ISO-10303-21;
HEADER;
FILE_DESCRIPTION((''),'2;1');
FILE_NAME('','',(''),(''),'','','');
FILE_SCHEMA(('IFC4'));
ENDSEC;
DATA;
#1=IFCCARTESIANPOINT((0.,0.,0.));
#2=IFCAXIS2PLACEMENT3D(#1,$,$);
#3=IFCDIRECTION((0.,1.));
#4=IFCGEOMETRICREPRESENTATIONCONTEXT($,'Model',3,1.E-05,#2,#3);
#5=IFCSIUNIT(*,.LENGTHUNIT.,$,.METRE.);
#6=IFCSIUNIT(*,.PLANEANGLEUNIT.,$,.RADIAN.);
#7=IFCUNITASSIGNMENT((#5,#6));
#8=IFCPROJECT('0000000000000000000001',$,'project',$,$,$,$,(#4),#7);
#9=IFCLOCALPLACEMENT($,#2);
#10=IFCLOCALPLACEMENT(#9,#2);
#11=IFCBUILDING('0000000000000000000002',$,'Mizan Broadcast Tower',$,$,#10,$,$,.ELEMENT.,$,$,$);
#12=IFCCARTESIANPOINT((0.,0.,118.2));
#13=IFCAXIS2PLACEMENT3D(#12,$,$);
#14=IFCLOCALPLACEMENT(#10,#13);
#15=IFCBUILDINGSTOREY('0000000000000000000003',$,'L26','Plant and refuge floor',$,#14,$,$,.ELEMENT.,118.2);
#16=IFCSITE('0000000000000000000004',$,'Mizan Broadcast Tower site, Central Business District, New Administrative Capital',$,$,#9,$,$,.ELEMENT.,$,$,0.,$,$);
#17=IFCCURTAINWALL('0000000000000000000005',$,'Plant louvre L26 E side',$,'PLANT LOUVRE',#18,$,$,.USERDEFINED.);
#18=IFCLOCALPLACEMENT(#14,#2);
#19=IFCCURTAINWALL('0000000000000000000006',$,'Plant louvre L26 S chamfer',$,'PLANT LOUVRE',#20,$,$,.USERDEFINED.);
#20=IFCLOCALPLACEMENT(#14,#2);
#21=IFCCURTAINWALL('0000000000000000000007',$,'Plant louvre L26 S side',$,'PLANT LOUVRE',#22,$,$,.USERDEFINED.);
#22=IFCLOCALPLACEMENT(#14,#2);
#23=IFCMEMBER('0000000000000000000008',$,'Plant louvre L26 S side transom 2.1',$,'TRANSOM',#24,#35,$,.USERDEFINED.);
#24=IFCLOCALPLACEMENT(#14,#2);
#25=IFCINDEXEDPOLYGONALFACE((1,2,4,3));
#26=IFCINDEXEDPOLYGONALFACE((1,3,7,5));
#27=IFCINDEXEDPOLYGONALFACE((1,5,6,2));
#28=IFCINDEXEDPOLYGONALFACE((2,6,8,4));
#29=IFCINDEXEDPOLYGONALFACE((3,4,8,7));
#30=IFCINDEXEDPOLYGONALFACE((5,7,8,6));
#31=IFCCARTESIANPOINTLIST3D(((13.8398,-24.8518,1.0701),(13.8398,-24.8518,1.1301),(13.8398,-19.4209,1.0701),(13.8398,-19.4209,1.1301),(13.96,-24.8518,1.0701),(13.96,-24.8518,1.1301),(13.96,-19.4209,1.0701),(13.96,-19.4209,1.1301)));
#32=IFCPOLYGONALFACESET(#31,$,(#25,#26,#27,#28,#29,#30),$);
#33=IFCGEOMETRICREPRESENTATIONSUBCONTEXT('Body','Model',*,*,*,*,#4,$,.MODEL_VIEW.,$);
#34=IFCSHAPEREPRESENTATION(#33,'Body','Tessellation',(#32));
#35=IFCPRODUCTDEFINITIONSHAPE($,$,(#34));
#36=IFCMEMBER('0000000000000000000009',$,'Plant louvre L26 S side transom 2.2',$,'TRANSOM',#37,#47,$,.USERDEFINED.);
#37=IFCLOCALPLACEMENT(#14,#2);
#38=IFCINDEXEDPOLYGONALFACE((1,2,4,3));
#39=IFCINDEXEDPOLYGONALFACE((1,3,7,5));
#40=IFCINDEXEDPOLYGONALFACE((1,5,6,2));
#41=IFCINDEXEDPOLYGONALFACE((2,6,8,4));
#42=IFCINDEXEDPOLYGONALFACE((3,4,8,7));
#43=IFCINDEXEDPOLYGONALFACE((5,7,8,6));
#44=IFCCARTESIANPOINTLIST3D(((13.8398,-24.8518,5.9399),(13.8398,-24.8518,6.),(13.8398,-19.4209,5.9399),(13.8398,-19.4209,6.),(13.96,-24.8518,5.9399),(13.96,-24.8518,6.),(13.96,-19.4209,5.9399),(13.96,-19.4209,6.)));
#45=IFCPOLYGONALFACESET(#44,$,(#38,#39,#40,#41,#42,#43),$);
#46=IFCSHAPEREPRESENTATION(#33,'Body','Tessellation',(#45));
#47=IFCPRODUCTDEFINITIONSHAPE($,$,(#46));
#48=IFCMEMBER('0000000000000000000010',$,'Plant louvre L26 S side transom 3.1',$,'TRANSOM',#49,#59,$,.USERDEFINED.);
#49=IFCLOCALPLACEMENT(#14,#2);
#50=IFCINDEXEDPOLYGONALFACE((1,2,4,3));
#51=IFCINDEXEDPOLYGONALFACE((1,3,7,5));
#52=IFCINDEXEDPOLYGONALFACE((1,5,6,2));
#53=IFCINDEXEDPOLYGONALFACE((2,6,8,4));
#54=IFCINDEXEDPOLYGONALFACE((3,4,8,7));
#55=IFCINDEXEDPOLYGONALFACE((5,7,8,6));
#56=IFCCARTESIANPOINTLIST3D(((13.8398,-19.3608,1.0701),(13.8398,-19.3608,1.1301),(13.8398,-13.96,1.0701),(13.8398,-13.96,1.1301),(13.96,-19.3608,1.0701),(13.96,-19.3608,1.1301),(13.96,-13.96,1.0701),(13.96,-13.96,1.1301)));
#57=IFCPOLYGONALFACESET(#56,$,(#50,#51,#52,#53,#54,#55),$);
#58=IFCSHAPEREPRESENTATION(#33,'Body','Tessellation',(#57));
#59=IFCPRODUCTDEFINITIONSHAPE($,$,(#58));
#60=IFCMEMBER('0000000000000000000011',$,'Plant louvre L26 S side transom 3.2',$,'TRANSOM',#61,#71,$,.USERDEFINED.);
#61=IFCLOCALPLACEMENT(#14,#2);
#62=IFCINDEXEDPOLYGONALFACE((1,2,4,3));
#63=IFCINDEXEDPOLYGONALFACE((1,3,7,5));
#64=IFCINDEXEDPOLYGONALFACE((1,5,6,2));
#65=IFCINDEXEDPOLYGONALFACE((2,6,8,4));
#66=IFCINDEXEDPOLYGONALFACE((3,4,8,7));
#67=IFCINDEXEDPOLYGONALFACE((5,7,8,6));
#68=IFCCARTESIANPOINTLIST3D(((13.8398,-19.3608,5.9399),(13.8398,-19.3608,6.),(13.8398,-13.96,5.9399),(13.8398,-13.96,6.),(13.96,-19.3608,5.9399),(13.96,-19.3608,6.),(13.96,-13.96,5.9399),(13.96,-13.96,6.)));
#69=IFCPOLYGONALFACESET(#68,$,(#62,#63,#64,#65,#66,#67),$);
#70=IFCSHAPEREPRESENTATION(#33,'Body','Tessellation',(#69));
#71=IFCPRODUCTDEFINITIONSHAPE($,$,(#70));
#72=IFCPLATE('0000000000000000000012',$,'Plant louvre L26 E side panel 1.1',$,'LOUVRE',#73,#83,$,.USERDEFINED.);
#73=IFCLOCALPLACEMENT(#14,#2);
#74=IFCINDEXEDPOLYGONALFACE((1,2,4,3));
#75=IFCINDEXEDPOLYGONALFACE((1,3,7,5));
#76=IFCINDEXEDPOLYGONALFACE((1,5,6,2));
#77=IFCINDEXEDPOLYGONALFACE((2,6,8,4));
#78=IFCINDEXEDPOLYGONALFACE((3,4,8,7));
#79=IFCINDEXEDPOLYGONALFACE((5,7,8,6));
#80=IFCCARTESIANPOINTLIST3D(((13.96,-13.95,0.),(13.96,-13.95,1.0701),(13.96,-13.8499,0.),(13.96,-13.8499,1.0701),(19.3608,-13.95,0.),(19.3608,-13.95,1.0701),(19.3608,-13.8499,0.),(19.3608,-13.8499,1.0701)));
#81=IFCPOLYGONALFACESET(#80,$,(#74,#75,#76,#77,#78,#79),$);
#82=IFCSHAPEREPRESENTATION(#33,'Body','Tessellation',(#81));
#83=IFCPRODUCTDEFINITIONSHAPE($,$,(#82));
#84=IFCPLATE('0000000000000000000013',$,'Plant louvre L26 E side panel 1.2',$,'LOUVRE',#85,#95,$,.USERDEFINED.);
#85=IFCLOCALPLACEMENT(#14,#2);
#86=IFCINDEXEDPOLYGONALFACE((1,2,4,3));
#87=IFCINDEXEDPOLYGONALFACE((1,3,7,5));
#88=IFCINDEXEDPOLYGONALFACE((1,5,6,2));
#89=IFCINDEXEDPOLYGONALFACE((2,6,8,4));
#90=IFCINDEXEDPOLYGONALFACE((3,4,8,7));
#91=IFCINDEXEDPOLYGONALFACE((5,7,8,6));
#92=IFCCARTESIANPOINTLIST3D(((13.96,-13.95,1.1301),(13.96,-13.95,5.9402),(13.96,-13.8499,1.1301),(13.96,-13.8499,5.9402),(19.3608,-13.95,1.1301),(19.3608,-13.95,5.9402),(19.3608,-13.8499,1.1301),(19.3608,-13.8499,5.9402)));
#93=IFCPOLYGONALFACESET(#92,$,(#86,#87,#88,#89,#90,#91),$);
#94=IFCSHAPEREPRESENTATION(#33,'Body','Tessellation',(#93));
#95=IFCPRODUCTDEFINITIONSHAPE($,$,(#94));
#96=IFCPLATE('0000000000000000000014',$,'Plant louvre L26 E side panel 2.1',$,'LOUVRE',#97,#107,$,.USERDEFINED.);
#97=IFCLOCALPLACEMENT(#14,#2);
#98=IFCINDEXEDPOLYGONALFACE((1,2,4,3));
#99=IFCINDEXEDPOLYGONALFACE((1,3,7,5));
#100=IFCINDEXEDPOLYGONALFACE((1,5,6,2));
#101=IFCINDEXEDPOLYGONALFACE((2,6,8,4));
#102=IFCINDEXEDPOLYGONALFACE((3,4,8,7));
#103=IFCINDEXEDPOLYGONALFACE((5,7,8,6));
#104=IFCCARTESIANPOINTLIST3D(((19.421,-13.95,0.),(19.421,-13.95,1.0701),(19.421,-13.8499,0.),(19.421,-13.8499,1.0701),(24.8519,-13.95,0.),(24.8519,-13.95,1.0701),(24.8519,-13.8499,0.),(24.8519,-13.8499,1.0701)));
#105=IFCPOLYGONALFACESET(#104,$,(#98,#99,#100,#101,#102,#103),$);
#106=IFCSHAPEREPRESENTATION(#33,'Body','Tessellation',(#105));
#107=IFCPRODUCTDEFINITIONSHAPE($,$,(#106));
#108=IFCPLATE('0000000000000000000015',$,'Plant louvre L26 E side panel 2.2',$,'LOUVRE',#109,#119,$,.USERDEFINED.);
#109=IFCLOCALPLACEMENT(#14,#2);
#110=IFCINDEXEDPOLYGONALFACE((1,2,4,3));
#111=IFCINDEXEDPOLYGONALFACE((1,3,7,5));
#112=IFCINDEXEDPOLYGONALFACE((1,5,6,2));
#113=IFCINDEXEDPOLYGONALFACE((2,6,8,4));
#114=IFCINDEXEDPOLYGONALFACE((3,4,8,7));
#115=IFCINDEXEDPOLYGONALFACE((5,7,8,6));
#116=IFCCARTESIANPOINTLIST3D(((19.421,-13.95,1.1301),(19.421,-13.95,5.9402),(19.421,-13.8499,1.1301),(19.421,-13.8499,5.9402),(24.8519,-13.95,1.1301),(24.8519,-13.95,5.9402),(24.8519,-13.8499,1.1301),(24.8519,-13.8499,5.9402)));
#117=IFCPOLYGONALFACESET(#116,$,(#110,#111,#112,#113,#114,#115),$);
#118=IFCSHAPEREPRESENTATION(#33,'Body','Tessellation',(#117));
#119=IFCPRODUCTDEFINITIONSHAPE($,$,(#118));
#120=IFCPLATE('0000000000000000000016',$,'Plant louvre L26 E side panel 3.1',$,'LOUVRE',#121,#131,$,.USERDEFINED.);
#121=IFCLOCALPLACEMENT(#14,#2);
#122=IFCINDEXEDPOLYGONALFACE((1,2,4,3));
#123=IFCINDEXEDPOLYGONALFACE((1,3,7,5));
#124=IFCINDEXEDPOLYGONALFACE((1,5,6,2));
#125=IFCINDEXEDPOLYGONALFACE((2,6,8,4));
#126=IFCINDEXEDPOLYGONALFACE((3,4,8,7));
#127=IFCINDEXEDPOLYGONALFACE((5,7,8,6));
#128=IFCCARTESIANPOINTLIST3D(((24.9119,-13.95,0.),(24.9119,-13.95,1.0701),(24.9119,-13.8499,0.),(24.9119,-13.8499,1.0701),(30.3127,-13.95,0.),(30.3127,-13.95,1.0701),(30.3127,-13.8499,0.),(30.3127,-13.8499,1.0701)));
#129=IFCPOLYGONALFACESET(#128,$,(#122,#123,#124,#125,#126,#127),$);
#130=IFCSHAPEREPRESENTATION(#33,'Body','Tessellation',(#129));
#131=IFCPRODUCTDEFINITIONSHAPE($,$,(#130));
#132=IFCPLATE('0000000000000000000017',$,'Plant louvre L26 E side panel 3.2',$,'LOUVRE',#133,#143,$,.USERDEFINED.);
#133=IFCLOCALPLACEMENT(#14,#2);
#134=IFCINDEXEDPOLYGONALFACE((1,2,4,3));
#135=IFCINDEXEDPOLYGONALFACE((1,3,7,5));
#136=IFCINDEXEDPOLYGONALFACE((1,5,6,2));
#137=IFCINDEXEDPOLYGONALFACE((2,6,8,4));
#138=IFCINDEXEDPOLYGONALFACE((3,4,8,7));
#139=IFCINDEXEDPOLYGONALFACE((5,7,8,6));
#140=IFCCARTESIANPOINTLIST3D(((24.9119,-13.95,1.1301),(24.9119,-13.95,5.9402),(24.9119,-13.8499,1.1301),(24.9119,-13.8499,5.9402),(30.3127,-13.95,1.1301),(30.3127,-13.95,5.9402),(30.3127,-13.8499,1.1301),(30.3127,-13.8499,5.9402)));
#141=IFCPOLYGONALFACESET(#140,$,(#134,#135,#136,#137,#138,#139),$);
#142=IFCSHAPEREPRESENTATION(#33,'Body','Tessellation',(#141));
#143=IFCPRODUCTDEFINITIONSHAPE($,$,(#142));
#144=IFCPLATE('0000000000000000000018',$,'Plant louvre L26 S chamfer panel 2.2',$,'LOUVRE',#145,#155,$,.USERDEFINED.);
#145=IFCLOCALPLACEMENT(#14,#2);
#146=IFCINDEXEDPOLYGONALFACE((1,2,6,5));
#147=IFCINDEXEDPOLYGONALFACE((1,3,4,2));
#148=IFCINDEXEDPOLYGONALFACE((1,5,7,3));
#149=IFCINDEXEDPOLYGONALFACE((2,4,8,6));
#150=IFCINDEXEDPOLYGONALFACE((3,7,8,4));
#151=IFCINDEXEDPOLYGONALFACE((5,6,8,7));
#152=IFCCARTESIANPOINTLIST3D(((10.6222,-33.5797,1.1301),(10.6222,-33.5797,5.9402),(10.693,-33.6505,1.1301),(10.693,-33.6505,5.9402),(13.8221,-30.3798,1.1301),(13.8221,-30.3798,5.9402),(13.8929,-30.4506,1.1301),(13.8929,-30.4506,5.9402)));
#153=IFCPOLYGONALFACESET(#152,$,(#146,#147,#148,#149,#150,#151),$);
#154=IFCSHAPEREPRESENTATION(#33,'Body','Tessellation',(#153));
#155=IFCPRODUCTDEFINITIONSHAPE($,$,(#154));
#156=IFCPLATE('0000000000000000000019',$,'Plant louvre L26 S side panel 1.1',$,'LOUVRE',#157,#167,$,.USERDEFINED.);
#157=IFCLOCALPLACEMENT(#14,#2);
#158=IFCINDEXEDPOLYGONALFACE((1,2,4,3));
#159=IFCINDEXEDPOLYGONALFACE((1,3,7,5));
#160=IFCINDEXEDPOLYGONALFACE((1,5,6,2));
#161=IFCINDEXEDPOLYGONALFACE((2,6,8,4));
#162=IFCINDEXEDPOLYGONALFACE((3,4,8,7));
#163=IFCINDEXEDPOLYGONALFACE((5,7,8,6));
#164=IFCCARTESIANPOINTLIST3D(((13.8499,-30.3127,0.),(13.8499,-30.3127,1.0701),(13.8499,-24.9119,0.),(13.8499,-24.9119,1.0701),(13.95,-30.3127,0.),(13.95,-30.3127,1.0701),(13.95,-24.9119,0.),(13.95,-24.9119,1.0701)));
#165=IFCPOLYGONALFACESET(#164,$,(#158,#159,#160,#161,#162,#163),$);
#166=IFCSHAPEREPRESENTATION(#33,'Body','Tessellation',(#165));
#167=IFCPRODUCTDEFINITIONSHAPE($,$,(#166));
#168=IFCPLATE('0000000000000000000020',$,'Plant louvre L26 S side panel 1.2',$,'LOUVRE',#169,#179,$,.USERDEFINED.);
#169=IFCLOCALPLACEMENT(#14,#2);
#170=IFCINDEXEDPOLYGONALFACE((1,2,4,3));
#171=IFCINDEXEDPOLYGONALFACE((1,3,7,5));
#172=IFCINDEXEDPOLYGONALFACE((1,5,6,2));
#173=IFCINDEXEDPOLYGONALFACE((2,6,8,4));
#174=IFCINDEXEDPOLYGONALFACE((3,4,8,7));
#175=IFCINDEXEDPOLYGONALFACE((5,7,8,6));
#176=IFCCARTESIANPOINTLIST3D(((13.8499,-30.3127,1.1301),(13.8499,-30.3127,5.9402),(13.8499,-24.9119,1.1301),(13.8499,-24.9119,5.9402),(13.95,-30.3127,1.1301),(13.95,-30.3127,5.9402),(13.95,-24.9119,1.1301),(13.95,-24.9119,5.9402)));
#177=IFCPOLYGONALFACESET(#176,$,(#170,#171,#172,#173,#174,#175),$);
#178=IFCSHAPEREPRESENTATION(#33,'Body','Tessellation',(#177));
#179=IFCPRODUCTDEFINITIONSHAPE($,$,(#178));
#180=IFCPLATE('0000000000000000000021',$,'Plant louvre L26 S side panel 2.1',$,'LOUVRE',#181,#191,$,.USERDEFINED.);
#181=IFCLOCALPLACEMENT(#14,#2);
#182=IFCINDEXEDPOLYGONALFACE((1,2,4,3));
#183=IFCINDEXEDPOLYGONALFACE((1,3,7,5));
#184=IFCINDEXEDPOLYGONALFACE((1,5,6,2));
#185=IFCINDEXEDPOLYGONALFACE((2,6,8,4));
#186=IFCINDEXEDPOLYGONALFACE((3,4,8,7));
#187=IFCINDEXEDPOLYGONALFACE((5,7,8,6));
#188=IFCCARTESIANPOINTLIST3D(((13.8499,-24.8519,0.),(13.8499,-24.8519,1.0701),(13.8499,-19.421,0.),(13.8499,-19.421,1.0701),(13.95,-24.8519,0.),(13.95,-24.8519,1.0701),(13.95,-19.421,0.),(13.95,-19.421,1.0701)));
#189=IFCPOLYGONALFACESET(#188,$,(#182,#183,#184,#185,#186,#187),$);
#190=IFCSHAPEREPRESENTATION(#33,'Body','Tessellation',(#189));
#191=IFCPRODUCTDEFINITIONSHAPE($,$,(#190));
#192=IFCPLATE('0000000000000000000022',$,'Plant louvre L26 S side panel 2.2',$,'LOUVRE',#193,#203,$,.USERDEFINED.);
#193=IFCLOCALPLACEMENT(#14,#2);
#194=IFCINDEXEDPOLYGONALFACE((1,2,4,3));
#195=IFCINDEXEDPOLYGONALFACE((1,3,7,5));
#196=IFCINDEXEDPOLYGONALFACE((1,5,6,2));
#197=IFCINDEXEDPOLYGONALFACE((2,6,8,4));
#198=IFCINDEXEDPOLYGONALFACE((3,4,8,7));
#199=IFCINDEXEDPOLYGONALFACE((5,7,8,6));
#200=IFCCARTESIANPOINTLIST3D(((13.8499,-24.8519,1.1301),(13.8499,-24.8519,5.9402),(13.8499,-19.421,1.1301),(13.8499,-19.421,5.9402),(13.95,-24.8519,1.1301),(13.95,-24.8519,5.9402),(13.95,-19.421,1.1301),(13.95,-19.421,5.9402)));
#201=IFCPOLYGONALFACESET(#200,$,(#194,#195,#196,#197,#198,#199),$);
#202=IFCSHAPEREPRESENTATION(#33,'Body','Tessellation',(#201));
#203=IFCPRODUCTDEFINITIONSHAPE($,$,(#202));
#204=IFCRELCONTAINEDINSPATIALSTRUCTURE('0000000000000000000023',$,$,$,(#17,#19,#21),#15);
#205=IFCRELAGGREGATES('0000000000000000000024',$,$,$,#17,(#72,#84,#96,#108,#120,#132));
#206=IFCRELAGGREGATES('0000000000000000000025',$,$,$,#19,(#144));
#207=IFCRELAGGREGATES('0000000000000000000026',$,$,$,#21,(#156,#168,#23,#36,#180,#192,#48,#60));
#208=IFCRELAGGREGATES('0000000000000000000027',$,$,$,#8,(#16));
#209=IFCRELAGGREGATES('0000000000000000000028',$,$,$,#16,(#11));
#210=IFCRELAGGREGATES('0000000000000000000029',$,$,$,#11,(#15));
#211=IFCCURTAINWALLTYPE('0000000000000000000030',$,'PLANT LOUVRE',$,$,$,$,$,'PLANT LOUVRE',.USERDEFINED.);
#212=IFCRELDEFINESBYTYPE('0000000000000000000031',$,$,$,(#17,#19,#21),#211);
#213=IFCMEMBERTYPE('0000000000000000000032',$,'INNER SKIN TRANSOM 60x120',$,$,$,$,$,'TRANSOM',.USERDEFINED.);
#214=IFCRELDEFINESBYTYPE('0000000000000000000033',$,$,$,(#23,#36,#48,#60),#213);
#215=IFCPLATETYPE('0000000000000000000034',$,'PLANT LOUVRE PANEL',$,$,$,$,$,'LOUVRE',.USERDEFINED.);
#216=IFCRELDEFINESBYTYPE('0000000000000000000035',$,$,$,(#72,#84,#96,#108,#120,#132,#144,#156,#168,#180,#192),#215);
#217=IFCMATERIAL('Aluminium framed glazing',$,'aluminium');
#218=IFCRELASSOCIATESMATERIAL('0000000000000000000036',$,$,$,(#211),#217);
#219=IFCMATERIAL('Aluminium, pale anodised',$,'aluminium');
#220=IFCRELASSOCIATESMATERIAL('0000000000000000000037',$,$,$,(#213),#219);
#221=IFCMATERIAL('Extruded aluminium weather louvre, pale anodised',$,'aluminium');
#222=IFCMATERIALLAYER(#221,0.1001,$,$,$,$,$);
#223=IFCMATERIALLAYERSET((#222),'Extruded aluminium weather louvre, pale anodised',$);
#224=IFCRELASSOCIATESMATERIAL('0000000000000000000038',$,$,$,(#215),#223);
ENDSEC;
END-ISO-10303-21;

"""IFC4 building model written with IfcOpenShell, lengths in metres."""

from ifc_helpers import new_model, si_unit, direction, frame, origin, origin_2d, place, context, subcontext, project, spatial, rectangle, extrude, material, layer, layer_set, material_profile, profile_set, type_object, element, aggregate, save


model = new_model("IFC4")

# Units and contexts
model_context = context("Model", 3, precision=1e-05, world=origin(), true_north=direction((0.0, 1.0)))
body_context = subcontext(model_context, "Body", "Model", "MODEL_VIEW")
ifc_project = project(units=[si_unit("LENGTHUNIT", "METRE"), si_unit("PLANEANGLEUNIT", "RADIAN")], contexts=[model_context])

# Site, building, storey
site_placement = place(None, origin())
site = spatial("IfcSite", under=ifc_project, at=site_placement, Name="Mizan Broadcast Tower site, Central Business District, New Administrative Capital", CompositionType="ELEMENT", RefElevation=0.0)
building_placement = place(site_placement, origin())
building = spatial("IfcBuilding", under=site, at=building_placement, Name="Mizan Broadcast Tower", CompositionType="ELEMENT")
storey_placement = place(building_placement, frame((0.0, 0.0, 118.2)))
storey = spatial("IfcBuildingStorey", under=building, at=storey_placement, Name="L26", Description="Plant and refuge floor", CompositionType="ELEMENT", Elevation=118.2)

# Curtain wall
ifc_material_1 = material(Name="Aluminium framed glazing", Category="aluminium")
curtain_wall_type = type_object("IfcCurtainWallType", Name="PLANT LOUVRE", ElementType="PLANT LOUVRE", PredefinedType="USERDEFINED", material=ifc_material_1)
curtain_wall_1_placement = place(storey_placement, origin())
curtain_wall_1 = element("IfcCurtainWall", 1, at=curtain_wall_1_placement, inside=storey, type_object=curtain_wall_type, Name="Plant louvre L26 E side", ObjectType="PLANT LOUVRE", PredefinedType="USERDEFINED")

# Curtain wall
curtain_wall_2_placement = place(storey_placement, origin())
curtain_wall_2 = element("IfcCurtainWall", 2, at=curtain_wall_2_placement, inside=storey, type_object=curtain_wall_type, Name="Plant louvre L26 S chamfer", ObjectType="PLANT LOUVRE", PredefinedType="USERDEFINED")

# Curtain wall
curtain_wall_3_placement = place(storey_placement, origin())
curtain_wall_3 = element("IfcCurtainWall", 3, at=curtain_wall_3_placement, inside=storey, type_object=curtain_wall_type, Name="Plant louvre L26 S side", ObjectType="PLANT LOUVRE", PredefinedType="USERDEFINED")

# Members
ifc_material_2 = material(Name="Aluminium, pale anodised", Category="aluminium")
ifc_material_profile_1 = material_profile(ifc_material_2, rectangle(XDim=0.1201, YDim=0.0601, at=origin_2d()), Name="TRANSOM 120x60")
ifc_profile_set_1 = profile_set([ifc_material_profile_1], Name="Aluminium, pale anodised")
member_type_1 = type_object("IfcMemberType", Name="INNER SKIN TRANSOM 60x120", ElementType="TRANSOM", PredefinedType="USERDEFINED", material=ifc_profile_set_1)
member_1_placement = place(storey_placement, frame((13.8999, -24.8518, 1.1001), z_axis=(0.0, 1.0, 0.0), x_axis=(-1.0, 0.0, 0.0)))
member_1 = element("IfcMember", 4, at=member_1_placement, type_object=member_type_1, Name="Plant louvre L26 S side transom 2.1", ObjectType="TRANSOM", PredefinedType="USERDEFINED", context=body_context, shape_type="SweptSolid", body=[
    extrude(rectangle(XDim=0.1201, YDim=0.0601, at=origin_2d()), origin(), (0.0, 0.0, 1.0), 5.4309),
])
member_2_placement = place(storey_placement, frame((13.8999, -24.8518, 5.97), z_axis=(0.0, 1.0, 0.0), x_axis=(-1.0, 0.0, 0.0)))
member_2 = element("IfcMember", 5, at=member_2_placement, type_object=member_type_1, Name="Plant louvre L26 S side transom 2.2", ObjectType="TRANSOM", PredefinedType="USERDEFINED", context=body_context, shape_type="SweptSolid", body=[
    extrude(rectangle(XDim=0.1201, YDim=0.0601, at=origin_2d()), origin(), (0.0, 0.0, 1.0), 5.4309),
])
member_3_placement = place(storey_placement, frame((13.8999, -19.3608, 1.1001), z_axis=(0.0, 1.0, 0.0), x_axis=(-1.0, 0.0, 0.0)))
member_3 = element("IfcMember", 6, at=member_3_placement, type_object=member_type_1, Name="Plant louvre L26 S side transom 3.1", ObjectType="TRANSOM", PredefinedType="USERDEFINED", context=body_context, shape_type="SweptSolid", body=[
    extrude(rectangle(XDim=0.1201, YDim=0.0601, at=origin_2d()), origin(), (0.0, 0.0, 1.0), 5.4009),
])
member_4_placement = place(storey_placement, frame((13.8999, -19.3608, 5.97), z_axis=(0.0, 1.0, 0.0), x_axis=(-1.0, 0.0, 0.0)))
member_4 = element("IfcMember", 7, at=member_4_placement, type_object=member_type_1, Name="Plant louvre L26 S side transom 3.2", ObjectType="TRANSOM", PredefinedType="USERDEFINED", context=body_context, shape_type="SweptSolid", body=[
    extrude(rectangle(XDim=0.1201, YDim=0.0601, at=origin_2d()), origin(), (0.0, 0.0, 1.0), 5.4009),
])

# Plates
ifc_material_3 = material(Name="Extruded aluminium weather louvre, pale anodised", Category="aluminium")
ifc_layer = layer(ifc_material_3, 0.1001)
ifc_layer_set = layer_set([ifc_layer], Name="Extruded aluminium weather louvre, pale anodised")
plate_type = type_object("IfcPlateType", Name="PLANT LOUVRE PANEL", ElementType="LOUVRE", PredefinedType="USERDEFINED", material=ifc_layer_set)
plate_1_placement = place(storey_placement, frame((16.6604, -13.8999, 0.0), z_axis=(0.0, 0.0, 1.0), x_axis=(1.0, 0.0, 0.0)))
plate_1 = element("IfcPlate", 8, at=plate_1_placement, type_object=plate_type, Name="Plant louvre L26 E side panel 1.1", ObjectType="LOUVRE", PredefinedType="USERDEFINED", context=body_context, shape_type="SweptSolid", body=[
    extrude(rectangle(XDim=5.4009, YDim=0.1001, at=origin_2d()), origin(), (0.0, 0.0, 1.0), 1.0701),
])
plate_2_placement = place(storey_placement, frame((16.6604, -13.8999, 1.1301), z_axis=(0.0, 0.0, 1.0), x_axis=(1.0, 0.0, 0.0)))
plate_2 = element("IfcPlate", 9, at=plate_2_placement, type_object=plate_type, Name="Plant louvre L26 E side panel 1.2", ObjectType="LOUVRE", PredefinedType="USERDEFINED", context=body_context, shape_type="SweptSolid", body=[
    extrude(rectangle(XDim=5.4009, YDim=0.1001, at=origin_2d()), origin(), (0.0, 0.0, 1.0), 4.8101),
])
plate_3_placement = place(storey_placement, frame((22.1365, -13.8999, 0.0), z_axis=(0.0, 0.0, 1.0), x_axis=(1.0, 0.0, 0.0)))
plate_3 = element("IfcPlate", 10, at=plate_3_placement, type_object=plate_type, Name="Plant louvre L26 E side panel 2.1", ObjectType="LOUVRE", PredefinedType="USERDEFINED", context=body_context, shape_type="SweptSolid", body=[
    extrude(rectangle(XDim=5.4309, YDim=0.1001, at=origin_2d()), origin(), (0.0, 0.0, 1.0), 1.0701),
])
plate_4_placement = place(storey_placement, frame((22.1365, -13.8999, 1.1301), z_axis=(0.0, 0.0, 1.0), x_axis=(1.0, 0.0, 0.0)))
plate_4 = element("IfcPlate", 11, at=plate_4_placement, type_object=plate_type, Name="Plant louvre L26 E side panel 2.2", ObjectType="LOUVRE", PredefinedType="USERDEFINED", context=body_context, shape_type="SweptSolid", body=[
    extrude(rectangle(XDim=5.4309, YDim=0.1001, at=origin_2d()), origin(), (0.0, 0.0, 1.0), 4.8101),
])
plate_5_placement = place(storey_placement, frame((27.6123, -13.8999, 0.0), z_axis=(0.0, 0.0, 1.0), x_axis=(1.0, 0.0, 0.0)))
plate_5 = element("IfcPlate", 12, at=plate_5_placement, type_object=plate_type, Name="Plant louvre L26 E side panel 3.1", ObjectType="LOUVRE", PredefinedType="USERDEFINED", context=body_context, shape_type="SweptSolid", body=[
    extrude(rectangle(XDim=5.4009, YDim=0.1001, at=origin_2d()), origin(), (0.0, 0.0, 1.0), 1.0701),
])
plate_6_placement = place(storey_placement, frame((27.6123, -13.8999, 1.1301), z_axis=(0.0, 0.0, 1.0), x_axis=(1.0, 0.0, 0.0)))
plate_6 = element("IfcPlate", 13, at=plate_6_placement, type_object=plate_type, Name="Plant louvre L26 E side panel 3.2", ObjectType="LOUVRE", PredefinedType="USERDEFINED", context=body_context, shape_type="SweptSolid", body=[
    extrude(rectangle(XDim=5.4009, YDim=0.1001, at=origin_2d()), origin(), (0.0, 0.0, 1.0), 4.8101),
])
aggregate(curtain_wall_1, [plate_1, plate_2, plate_3, plate_4, plate_5, plate_6])
plate_7_placement = place(storey_placement, frame((12.2576, -32.0151, 1.1301), z_axis=(0.0, 0.0, 1.0), x_axis=(0.707107, 0.707107, 0.0)))
plate_7 = element("IfcPlate", 14, at=plate_7_placement, type_object=plate_type, Name="Plant louvre L26 S chamfer panel 2.2", ObjectType="LOUVRE", PredefinedType="USERDEFINED", context=body_context, shape_type="SweptSolid", body=[
    extrude(rectangle(XDim=4.5254, YDim=0.1001, at=origin_2d()), origin(), (0.0, 0.0, 1.0), 4.8101),
])
aggregate(curtain_wall_2, [plate_7])
plate_8_placement = place(storey_placement, frame((13.8999, -27.6123, 0.0), z_axis=(0.0, 0.0, 1.0), x_axis=(0.0, 1.0, 0.0)))
plate_8 = element("IfcPlate", 15, at=plate_8_placement, type_object=plate_type, Name="Plant louvre L26 S side panel 1.1", ObjectType="LOUVRE", PredefinedType="USERDEFINED", context=body_context, shape_type="SweptSolid", body=[
    extrude(rectangle(XDim=5.4009, YDim=0.1001, at=origin_2d()), origin(), (0.0, 0.0, 1.0), 1.0701),
])
plate_9_placement = place(storey_placement, frame((13.8999, -27.6123, 1.1301), z_axis=(0.0, 0.0, 1.0), x_axis=(0.0, 1.0, 0.0)))
plate_9 = element("IfcPlate", 16, at=plate_9_placement, type_object=plate_type, Name="Plant louvre L26 S side panel 1.2", ObjectType="LOUVRE", PredefinedType="USERDEFINED", context=body_context, shape_type="SweptSolid", body=[
    extrude(rectangle(XDim=5.4009, YDim=0.1001, at=origin_2d()), origin(), (0.0, 0.0, 1.0), 4.8101),
])
plate_10_placement = place(storey_placement, frame((13.8999, -22.1365, 0.0), z_axis=(0.0, 0.0, 1.0), x_axis=(0.0, 1.0, 0.0)))
plate_10 = element("IfcPlate", 17, at=plate_10_placement, type_object=plate_type, Name="Plant louvre L26 S side panel 2.1", ObjectType="LOUVRE", PredefinedType="USERDEFINED", context=body_context, shape_type="SweptSolid", body=[
    extrude(rectangle(XDim=5.4309, YDim=0.1001, at=origin_2d()), origin(), (0.0, 0.0, 1.0), 1.0701),
])
plate_11_placement = place(storey_placement, frame((13.8999, -22.1365, 1.1301), z_axis=(0.0, 0.0, 1.0), x_axis=(0.0, 1.0, 0.0)))
plate_11 = element("IfcPlate", 18, at=plate_11_placement, type_object=plate_type, Name="Plant louvre L26 S side panel 2.2", ObjectType="LOUVRE", PredefinedType="USERDEFINED", context=body_context, shape_type="SweptSolid", body=[
    extrude(rectangle(XDim=5.4309, YDim=0.1001, at=origin_2d()), origin(), (0.0, 0.0, 1.0), 4.8101),
])
aggregate(curtain_wall_3, [plate_8, plate_9, member_1, member_2, plate_10, plate_11, member_3, member_4])

save(model, "model.ifc")
